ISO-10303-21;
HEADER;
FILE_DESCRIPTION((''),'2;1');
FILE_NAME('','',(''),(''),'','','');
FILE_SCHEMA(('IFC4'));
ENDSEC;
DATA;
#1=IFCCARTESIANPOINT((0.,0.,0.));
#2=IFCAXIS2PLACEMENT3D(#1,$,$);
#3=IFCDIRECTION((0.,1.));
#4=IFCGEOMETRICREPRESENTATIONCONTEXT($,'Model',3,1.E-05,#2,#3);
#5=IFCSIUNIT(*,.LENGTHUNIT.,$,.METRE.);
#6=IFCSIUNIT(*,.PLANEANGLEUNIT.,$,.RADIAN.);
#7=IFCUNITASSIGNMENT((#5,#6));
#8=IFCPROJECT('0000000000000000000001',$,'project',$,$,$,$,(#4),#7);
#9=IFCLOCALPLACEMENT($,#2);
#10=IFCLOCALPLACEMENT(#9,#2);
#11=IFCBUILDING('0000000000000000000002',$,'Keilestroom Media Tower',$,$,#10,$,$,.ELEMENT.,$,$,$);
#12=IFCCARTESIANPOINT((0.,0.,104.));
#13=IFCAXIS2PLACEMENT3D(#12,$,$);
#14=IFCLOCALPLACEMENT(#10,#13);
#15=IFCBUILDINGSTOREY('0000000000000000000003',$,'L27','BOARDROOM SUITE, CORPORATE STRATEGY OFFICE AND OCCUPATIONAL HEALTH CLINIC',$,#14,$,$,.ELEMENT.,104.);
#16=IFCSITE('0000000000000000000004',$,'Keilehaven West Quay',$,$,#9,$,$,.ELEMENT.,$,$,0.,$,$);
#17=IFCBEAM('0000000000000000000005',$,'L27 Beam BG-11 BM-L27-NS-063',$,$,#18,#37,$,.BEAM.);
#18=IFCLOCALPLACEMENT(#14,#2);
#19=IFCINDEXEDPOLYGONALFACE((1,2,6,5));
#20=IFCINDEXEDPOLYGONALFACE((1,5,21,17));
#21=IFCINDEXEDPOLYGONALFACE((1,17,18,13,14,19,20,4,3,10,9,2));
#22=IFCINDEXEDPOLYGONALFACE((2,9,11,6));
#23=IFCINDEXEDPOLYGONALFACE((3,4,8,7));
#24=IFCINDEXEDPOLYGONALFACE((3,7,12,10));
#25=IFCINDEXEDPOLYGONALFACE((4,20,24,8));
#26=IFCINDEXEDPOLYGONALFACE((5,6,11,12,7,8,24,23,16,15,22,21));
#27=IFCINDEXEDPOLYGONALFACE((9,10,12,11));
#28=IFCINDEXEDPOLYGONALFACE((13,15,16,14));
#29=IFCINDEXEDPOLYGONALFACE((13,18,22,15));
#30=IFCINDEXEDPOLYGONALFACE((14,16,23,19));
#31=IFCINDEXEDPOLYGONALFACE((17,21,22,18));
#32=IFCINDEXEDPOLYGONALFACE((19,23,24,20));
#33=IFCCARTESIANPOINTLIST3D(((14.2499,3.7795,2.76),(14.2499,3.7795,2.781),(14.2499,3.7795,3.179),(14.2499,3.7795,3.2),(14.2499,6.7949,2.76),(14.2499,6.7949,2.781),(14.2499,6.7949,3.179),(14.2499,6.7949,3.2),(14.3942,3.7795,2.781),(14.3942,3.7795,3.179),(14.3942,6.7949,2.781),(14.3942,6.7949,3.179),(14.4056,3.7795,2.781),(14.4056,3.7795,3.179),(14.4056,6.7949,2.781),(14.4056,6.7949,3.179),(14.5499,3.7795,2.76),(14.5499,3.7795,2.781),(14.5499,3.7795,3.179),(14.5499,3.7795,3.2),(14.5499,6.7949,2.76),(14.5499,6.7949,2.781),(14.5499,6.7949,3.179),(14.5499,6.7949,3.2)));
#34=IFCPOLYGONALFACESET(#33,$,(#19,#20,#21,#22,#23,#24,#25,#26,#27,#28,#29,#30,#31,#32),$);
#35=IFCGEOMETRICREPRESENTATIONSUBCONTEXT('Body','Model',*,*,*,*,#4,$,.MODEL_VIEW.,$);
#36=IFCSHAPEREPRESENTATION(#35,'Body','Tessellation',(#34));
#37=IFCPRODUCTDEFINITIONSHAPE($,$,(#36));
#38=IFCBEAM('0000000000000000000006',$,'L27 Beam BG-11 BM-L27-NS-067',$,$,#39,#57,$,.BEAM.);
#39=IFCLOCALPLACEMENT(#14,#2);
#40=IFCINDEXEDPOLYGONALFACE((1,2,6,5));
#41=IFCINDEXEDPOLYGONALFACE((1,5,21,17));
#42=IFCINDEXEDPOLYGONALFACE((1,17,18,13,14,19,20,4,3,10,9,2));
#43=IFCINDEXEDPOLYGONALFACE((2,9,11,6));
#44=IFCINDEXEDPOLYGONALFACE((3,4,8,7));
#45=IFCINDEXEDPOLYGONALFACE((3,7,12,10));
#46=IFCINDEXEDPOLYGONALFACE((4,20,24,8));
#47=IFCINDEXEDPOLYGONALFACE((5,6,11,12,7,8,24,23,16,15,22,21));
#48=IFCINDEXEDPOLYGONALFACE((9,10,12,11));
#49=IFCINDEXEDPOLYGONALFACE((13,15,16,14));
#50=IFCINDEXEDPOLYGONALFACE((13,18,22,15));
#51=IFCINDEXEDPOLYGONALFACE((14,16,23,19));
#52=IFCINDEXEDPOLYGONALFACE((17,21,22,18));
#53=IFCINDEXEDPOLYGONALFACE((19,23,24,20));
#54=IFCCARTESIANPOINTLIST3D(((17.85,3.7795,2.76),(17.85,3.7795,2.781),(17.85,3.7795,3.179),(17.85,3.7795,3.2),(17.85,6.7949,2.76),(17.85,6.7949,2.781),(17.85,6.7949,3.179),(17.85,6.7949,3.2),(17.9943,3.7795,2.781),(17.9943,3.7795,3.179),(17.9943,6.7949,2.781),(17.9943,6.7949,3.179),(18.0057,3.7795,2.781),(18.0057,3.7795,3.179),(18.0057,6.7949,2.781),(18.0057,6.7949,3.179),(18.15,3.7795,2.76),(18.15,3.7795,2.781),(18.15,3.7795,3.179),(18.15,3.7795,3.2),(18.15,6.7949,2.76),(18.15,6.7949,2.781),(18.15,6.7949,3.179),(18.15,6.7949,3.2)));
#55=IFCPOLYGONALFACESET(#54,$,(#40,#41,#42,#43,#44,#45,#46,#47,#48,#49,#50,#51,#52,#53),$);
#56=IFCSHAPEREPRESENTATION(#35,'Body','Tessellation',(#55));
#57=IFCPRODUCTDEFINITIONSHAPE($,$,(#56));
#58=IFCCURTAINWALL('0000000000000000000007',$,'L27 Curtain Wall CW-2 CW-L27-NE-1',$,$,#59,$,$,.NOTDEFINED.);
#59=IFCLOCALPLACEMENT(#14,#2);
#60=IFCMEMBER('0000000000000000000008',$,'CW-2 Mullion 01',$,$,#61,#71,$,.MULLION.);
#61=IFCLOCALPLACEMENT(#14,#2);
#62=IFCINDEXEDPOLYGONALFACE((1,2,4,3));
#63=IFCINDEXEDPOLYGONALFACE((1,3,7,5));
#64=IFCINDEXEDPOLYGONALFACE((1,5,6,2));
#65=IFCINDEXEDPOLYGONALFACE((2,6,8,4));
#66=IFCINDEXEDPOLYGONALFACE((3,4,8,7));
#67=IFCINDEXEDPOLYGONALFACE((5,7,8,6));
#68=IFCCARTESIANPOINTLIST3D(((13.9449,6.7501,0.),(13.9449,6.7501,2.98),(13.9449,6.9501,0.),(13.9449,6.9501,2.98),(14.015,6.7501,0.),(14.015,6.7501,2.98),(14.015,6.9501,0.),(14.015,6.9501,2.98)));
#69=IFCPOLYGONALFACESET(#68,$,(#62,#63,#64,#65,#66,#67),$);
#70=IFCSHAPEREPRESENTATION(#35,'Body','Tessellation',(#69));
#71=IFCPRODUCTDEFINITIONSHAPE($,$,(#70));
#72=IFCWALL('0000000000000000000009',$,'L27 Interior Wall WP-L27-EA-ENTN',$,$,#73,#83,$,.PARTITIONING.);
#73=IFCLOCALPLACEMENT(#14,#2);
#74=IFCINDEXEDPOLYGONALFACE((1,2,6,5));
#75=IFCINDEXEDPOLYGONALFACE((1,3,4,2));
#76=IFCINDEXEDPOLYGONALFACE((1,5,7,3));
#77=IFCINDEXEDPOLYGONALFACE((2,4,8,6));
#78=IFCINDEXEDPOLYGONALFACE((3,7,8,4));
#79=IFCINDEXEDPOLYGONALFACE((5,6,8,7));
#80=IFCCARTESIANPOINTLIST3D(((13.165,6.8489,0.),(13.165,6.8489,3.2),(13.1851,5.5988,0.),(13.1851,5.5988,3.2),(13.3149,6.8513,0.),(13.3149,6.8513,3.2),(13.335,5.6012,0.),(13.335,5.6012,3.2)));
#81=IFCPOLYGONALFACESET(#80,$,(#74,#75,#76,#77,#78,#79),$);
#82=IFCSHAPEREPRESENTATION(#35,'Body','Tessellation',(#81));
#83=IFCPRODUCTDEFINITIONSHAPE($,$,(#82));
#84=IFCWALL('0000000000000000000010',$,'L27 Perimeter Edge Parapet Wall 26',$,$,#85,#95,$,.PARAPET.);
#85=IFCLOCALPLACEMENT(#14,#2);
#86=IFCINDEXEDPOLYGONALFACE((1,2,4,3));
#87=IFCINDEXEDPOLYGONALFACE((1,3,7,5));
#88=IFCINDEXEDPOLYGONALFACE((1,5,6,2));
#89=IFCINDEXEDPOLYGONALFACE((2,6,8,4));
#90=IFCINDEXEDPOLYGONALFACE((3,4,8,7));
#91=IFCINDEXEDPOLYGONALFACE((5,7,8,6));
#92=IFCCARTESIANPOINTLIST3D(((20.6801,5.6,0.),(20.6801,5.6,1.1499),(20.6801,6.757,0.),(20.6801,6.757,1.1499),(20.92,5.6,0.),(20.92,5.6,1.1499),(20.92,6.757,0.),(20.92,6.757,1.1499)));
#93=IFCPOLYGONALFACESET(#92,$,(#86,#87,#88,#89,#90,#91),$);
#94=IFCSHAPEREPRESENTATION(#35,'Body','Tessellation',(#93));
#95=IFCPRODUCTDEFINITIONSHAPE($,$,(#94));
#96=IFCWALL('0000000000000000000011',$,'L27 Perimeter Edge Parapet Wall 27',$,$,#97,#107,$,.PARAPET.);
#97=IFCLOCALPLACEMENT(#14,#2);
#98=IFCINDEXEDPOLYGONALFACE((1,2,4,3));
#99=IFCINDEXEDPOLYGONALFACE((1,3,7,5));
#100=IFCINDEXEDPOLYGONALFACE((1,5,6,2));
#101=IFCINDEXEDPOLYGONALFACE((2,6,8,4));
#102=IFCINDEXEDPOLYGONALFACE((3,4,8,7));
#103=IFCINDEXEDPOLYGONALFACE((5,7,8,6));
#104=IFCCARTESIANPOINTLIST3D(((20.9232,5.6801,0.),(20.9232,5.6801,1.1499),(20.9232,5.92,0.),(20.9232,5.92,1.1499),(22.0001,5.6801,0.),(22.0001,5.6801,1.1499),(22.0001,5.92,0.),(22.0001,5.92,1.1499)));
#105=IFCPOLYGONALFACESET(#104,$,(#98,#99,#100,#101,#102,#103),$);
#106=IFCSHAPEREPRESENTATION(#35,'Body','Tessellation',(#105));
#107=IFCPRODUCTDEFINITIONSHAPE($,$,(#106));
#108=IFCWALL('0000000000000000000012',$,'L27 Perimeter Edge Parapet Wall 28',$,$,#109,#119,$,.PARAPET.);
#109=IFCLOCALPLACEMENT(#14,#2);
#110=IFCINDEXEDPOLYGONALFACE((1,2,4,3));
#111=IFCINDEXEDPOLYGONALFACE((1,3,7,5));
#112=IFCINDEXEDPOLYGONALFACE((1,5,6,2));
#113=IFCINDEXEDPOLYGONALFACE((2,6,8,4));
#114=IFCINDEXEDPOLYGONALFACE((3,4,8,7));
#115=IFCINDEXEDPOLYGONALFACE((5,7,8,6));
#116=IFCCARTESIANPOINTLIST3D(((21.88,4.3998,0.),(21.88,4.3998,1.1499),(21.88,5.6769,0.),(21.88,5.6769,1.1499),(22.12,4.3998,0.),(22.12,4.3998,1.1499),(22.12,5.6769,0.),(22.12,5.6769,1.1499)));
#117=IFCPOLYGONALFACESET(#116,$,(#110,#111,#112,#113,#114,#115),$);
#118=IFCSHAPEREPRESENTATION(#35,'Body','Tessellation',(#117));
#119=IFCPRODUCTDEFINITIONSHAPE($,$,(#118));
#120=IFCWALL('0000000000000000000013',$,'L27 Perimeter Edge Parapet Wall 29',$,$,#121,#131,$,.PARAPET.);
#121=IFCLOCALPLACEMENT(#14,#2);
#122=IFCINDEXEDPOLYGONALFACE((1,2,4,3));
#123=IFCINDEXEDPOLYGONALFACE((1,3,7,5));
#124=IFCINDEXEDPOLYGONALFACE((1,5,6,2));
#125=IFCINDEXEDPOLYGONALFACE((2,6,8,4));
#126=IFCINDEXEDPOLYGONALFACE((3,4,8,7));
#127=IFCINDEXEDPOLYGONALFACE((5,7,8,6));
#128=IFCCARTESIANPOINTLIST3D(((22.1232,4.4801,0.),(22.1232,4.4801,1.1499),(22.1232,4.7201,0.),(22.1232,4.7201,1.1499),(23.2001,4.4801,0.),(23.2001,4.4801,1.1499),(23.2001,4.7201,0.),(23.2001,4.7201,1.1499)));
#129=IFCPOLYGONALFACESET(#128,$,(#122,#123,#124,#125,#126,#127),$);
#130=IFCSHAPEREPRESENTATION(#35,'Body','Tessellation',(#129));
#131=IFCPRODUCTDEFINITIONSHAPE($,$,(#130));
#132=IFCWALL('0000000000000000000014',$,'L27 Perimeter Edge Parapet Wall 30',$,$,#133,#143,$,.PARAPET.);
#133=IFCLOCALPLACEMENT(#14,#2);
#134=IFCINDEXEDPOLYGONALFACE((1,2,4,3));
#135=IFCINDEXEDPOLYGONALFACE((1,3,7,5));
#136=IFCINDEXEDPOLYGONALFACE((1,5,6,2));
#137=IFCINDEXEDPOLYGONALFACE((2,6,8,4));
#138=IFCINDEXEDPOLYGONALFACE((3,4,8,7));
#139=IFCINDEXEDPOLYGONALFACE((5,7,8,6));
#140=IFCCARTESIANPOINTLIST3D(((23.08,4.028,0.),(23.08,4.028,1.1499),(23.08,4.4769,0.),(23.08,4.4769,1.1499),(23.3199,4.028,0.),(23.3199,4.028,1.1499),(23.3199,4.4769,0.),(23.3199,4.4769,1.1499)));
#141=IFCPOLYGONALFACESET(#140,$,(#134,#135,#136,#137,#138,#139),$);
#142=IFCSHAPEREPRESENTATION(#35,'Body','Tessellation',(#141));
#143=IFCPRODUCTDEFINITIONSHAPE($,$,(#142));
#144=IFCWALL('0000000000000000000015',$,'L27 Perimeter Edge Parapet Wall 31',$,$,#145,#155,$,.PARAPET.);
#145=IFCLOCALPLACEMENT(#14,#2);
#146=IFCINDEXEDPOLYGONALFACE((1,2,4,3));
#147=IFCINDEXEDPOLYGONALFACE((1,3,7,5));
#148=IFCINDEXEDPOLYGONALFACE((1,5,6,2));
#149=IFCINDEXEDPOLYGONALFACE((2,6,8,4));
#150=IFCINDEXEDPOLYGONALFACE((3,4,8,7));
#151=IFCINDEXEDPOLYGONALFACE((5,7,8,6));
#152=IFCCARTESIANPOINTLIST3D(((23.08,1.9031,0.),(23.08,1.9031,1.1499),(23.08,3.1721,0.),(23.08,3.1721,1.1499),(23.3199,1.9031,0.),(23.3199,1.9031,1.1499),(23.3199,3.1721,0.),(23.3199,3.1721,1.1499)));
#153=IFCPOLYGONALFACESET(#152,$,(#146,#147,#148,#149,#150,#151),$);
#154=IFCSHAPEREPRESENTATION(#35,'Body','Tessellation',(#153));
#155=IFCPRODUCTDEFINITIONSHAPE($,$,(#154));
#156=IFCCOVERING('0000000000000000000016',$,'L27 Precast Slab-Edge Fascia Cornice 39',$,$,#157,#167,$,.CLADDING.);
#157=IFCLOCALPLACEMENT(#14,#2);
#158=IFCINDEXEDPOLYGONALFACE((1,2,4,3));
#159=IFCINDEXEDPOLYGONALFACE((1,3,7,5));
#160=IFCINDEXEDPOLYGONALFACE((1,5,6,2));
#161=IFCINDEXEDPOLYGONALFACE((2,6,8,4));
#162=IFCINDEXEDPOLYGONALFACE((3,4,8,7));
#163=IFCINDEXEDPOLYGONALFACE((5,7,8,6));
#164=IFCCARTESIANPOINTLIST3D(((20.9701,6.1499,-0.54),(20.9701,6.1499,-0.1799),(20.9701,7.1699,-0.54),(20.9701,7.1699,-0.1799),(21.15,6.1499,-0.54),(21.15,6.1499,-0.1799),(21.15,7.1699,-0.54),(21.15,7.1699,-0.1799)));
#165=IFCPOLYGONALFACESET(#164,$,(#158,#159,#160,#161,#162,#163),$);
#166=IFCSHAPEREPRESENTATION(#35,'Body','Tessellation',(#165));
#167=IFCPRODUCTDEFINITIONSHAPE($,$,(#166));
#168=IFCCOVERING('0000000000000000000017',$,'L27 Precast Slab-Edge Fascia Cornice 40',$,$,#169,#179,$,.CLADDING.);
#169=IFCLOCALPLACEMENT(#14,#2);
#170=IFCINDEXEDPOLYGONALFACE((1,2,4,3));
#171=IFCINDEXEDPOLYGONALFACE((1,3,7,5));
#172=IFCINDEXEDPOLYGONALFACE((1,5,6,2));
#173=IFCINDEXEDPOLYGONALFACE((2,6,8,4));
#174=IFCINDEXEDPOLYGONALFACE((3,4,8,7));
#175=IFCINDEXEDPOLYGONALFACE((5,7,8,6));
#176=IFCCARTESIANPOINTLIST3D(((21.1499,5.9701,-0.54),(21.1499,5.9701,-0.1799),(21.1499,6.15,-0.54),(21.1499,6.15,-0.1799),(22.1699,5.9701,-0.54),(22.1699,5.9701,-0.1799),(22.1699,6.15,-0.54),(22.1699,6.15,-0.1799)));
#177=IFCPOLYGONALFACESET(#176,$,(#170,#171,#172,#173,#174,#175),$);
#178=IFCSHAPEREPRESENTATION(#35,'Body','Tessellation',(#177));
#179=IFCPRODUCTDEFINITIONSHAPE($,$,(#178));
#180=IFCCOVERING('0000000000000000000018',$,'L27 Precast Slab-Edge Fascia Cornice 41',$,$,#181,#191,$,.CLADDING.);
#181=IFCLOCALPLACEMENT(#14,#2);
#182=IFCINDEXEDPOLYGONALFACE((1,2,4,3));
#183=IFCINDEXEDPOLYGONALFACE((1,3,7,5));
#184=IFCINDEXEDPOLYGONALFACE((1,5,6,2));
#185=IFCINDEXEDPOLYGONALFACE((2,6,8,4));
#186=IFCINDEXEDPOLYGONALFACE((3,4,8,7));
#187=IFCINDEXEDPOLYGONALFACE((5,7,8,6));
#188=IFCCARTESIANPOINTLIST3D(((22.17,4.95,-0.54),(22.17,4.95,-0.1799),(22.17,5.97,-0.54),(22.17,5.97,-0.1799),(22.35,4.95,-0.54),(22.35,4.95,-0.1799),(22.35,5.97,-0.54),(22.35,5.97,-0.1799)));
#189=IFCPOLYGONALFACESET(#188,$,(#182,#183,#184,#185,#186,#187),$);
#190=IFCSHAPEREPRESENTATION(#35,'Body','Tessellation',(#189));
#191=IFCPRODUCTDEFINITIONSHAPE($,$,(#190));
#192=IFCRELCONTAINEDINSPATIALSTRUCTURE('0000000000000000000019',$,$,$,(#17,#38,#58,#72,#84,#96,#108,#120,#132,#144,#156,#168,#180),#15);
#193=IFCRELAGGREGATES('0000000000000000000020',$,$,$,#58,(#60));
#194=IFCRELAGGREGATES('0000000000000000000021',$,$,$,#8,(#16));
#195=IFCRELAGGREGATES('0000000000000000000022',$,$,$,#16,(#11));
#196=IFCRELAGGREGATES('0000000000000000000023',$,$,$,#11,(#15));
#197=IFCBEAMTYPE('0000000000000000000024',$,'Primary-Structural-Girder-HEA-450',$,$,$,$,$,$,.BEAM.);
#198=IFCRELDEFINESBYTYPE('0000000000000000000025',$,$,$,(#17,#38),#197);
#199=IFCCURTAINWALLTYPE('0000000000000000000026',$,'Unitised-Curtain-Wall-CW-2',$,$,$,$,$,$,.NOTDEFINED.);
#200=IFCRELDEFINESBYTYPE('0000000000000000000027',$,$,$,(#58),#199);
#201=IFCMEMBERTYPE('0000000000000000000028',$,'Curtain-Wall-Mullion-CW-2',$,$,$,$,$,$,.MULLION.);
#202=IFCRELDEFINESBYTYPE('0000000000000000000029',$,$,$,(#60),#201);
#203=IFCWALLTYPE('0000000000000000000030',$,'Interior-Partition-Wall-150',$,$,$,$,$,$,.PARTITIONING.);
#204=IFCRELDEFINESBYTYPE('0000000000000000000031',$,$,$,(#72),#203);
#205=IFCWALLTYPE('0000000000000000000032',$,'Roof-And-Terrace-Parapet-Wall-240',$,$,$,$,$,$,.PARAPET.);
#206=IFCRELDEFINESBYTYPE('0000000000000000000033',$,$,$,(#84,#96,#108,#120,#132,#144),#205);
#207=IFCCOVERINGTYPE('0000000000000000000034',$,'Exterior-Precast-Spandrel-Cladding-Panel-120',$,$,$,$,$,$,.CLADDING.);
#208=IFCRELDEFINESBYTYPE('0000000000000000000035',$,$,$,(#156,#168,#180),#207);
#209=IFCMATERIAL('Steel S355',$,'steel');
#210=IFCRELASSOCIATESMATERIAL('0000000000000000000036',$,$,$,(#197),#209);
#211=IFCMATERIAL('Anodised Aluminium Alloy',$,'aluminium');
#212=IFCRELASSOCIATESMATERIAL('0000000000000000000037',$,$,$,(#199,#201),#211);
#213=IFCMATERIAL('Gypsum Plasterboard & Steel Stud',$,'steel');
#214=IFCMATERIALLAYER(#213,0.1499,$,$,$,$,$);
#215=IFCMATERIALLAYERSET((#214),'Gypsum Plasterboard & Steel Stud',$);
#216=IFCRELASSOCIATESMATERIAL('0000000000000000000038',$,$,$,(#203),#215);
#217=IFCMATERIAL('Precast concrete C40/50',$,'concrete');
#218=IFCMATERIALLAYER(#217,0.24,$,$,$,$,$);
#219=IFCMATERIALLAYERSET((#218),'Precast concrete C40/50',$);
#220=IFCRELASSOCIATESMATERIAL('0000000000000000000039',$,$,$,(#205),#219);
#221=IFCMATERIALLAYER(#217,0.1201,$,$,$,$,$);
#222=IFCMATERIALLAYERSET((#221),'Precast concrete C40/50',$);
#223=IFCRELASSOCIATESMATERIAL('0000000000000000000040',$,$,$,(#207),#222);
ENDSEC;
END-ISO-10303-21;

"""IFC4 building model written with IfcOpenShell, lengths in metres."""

from ifc_helpers import new_model, si_unit, direction, frame, frame_2d, origin, origin_2d, place, context, subcontext, project, spatial, rectangle, i_section, extrude, source, transform, mapped, material, layer, layer_set, material_profile, profile_set, type_object, element, aggregate, save


model = new_model("IFC4")

# Units and contexts
model_context = context("Model", 3, precision=1e-05, world=origin(), true_north=direction((0.0, 1.0)))
body_context = subcontext(model_context, "Body", "Model", "MODEL_VIEW")
ifc_project = project(units=[si_unit("LENGTHUNIT", "METRE"), si_unit("PLANEANGLEUNIT", "RADIAN")], contexts=[model_context])

# Site, building, storey
site_placement = place(None, origin())
site = spatial("IfcSite", under=ifc_project, at=site_placement, Name="Keilehaven West Quay", CompositionType="ELEMENT", RefElevation=0.0)
building_placement = place(site_placement, origin())
building = spatial("IfcBuilding", under=site, at=building_placement, Name="Keilestroom Media Tower", CompositionType="ELEMENT")
storey_placement = place(building_placement, frame((0.0, 0.0, 104.0)))
storey = spatial("IfcBuildingStorey", under=building, at=storey_placement, Name="L27", Description="BOARDROOM SUITE, CORPORATE STRATEGY OFFICE AND OCCUPATIONAL HEALTH CLINIC", CompositionType="ELEMENT", Elevation=104.0)

# Shared definitions
ifc_material_1 = material(Name="Precast concrete C40/50", Category="concrete")
ifc_material_2 = material(Name="Steel S355", Category="steel")

# Beams
ifc_material_profile_1 = material_profile(ifc_material_2, i_section(OverallWidth=0.3, OverallDepth=0.4399, WebThickness=0.0115, FlangeThickness=0.021, at=origin_2d()), Name="HEA 450")
ifc_profile_set_1 = profile_set([ifc_material_profile_1], Name="Steel S355")
beam_type_1 = type_object("IfcBeamType", Name="Primary-Structural-Girder-HEA-450", PredefinedType="BEAM", material=ifc_profile_set_1)
shared_shape_1 = source(origin(), body_context, "Body", "SweptSolid", [
    extrude(i_section(OverallWidth=0.3, OverallDepth=0.4399, WebThickness=0.0115, FlangeThickness=0.021, at=origin_2d()), origin(), (0.0, 0.0, 1.0), 3.0154),
])
for number, where, z_axis, x_axis, name in (
    (1, (14.3999, 3.7795, 2.98), (0.0, 1.0, 0.0), (-1.0, 0.0, 0.0), "L27 Beam BG-11 BM-L27-NS-063"),
    (2, (18.0, 3.7795, 2.98), (0.0, 1.0, 0.0), (-1.0, 0.0, 0.0), "L27 Beam BG-11 BM-L27-NS-067"),
):
    element("IfcBeam", number, at=place(storey_placement, frame(where, z_axis=z_axis, x_axis=x_axis)), inside=storey, type_object=beam_type_1, Name=name, PredefinedType="BEAM", context=body_context, shape_type="MappedRepresentation", body=[
        mapped(shared_shape_1, transform((0.0, 0.0, 0.0), x_axis=(1.0, 0.0, 0.0), y_axis=(0.0, 1.0, 0.0), z_axis=(0.0, 0.0, 1.0), scale=1.0)),
    ])

# Curtain wall, member
ifc_material_3 = material(Name="Anodised Aluminium Alloy", Category="aluminium")
curtain_wall_type = type_object("IfcCurtainWallType", Name="Unitised-Curtain-Wall-CW-2", PredefinedType="NOTDEFINED", material=ifc_material_3)
curtain_wall_placement = place(storey_placement, origin())
curtain_wall = element("IfcCurtainWall", 3, at=curtain_wall_placement, inside=storey, type_object=curtain_wall_type, Name="L27 Curtain Wall CW-2 CW-L27-NE-1", PredefinedType="NOTDEFINED")
ifc_material_profile_2 = material_profile(ifc_material_3, rectangle(XDim=0.0701, YDim=0.2, at=origin_2d()), Name="ALU MULLION 70x200")
ifc_profile_set_2 = profile_set([ifc_material_profile_2], Name="Anodised Aluminium Alloy")
member_type = type_object("IfcMemberType", Name="Curtain-Wall-Mullion-CW-2", PredefinedType="MULLION", material=ifc_profile_set_2)
shared_shape_2 = source(origin(), body_context, "Body", "SweptSolid", [
    extrude(rectangle(XDim=0.0701, YDim=0.2, at=origin_2d()), origin(), (0.0, 0.0, 1.0), 2.98),
])
member_placement = place(storey_placement, frame((13.98, 6.8501, 0.0), z_axis=(0.0, 0.0, 1.0), x_axis=(1.0, 0.0, 0.0)))
member = element("IfcMember", 4, at=member_placement, type_object=member_type, Name="CW-2 Mullion 01", PredefinedType="MULLION", context=body_context, shape_type="MappedRepresentation", body=[
    mapped(shared_shape_2, transform((0.0, 0.0, 0.0), x_axis=(1.0, 0.0, 0.0), y_axis=(0.0, 1.0, 0.0), z_axis=(0.0, 0.0, 1.0), scale=1.0)),
])
aggregate(curtain_wall, [member])

# Walls
ifc_material_4 = material(Name="Gypsum Plasterboard & Steel Stud", Category="steel")
ifc_layer_1 = layer(ifc_material_4, 0.1499)
ifc_layer_set_1 = layer_set([ifc_layer_1], Name="Gypsum Plasterboard & Steel Stud")
wall_type_1 = type_object("IfcWallType", Name="Interior-Partition-Wall-150", PredefinedType="PARTITIONING", material=ifc_layer_set_1)
wall_1_placement = place(storey_placement, frame((13.26, 5.6001, 0.0), z_axis=(0.0, 0.0, 1.0), x_axis=(-0.016014, 0.999872, 0.0)))
element("IfcWall", 5, at=wall_1_placement, inside=storey, type_object=wall_type_1, Name="L27 Interior Wall WP-L27-EA-ENTN", PredefinedType="PARTITIONING", context=body_context, shape_type="SweptSolid", body=[
    extrude(rectangle(XDim=1.2502, YDim=0.1499, at=frame_2d((0.625, 0.0))), origin(), (0.0, 0.0, 1.0), 3.2),
])
ifc_layer_2 = layer(ifc_material_1, 0.24)
ifc_layer_set_2 = layer_set([ifc_layer_2], Name="Precast concrete C40/50")
wall_type_2 = type_object("IfcWallType", Name="Roof-And-Terrace-Parapet-Wall-240", PredefinedType="PARAPET", material=ifc_layer_set_2)
wall_2_placement = place(storey_placement, frame((20.8, 6.7571, 0.0), z_axis=(0.0, 0.0, 1.0), x_axis=(0.0, -1.0, 0.0)))
element("IfcWall", 6, at=wall_2_placement, inside=storey, type_object=wall_type_2, Name="L27 Perimeter Edge Parapet Wall 26", PredefinedType="PARAPET", context=body_context, shape_type="SweptSolid", body=[
    extrude(rectangle(XDim=1.157, YDim=0.24, at=frame_2d((0.5786, 0.0))), origin(), (0.0, 0.0, 1.0), 1.1499),
])
wall_3_placement = place(storey_placement, frame((20.9231, 5.8, 0.0), z_axis=(0.0, 0.0, 1.0), x_axis=(1.0, 0.0, 0.0)))
element("IfcWall", 7, at=wall_3_placement, inside=storey, type_object=wall_type_2, Name="L27 Perimeter Edge Parapet Wall 27", PredefinedType="PARAPET", context=body_context, shape_type="SweptSolid", body=[
    extrude(rectangle(XDim=1.0769, YDim=0.24, at=frame_2d((0.5386, 0.0))), origin(), (0.0, 0.0, 1.0), 1.1499),
])
wall_4_placement = place(storey_placement, frame((22.0, 5.677, 0.0), z_axis=(0.0, 0.0, 1.0), x_axis=(0.0, -1.0, 0.0)))
element("IfcWall", 8, at=wall_4_placement, inside=storey, type_object=wall_type_2, Name="L27 Perimeter Edge Parapet Wall 28", PredefinedType="PARAPET", context=body_context, shape_type="SweptSolid", body=[
    extrude(rectangle(XDim=1.2771, YDim=0.24, at=frame_2d((0.6387, 0.0))), origin(), (0.0, 0.0, 1.0), 1.1499),
])
wall_5_placement = place(storey_placement, frame((22.123, 4.6001, 0.0), z_axis=(0.0, 0.0, 1.0), x_axis=(1.0, 0.0, 0.0)))
element("IfcWall", 9, at=wall_5_placement, inside=storey, type_object=wall_type_2, Name="L27 Perimeter Edge Parapet Wall 29", PredefinedType="PARAPET", context=body_context, shape_type="SweptSolid", body=[
    extrude(rectangle(XDim=1.0769, YDim=0.24, at=frame_2d((0.5386, 0.0))), origin(), (0.0, 0.0, 1.0), 1.1499),
])
wall_6_placement = place(storey_placement, frame((23.2, 4.4771, 0.0), z_axis=(0.0, 0.0, 1.0), x_axis=(0.0, -1.0, 0.0)))
element("IfcWall", 10, at=wall_6_placement, inside=storey, type_object=wall_type_2, Name="L27 Perimeter Edge Parapet Wall 30", PredefinedType="PARAPET", context=body_context, shape_type="SweptSolid", body=[
    extrude(rectangle(XDim=0.449, YDim=0.24, at=frame_2d((0.2246, 0.0))), origin(), (0.0, 0.0, 1.0), 1.1499),
])
wall_7_placement = place(storey_placement, frame((23.2, 3.1721, 0.0), z_axis=(0.0, 0.0, 1.0), x_axis=(0.0, -1.0, 0.0)))
element("IfcWall", 11, at=wall_7_placement, inside=storey, type_object=wall_type_2, Name="L27 Perimeter Edge Parapet Wall 31", PredefinedType="PARAPET", context=body_context, shape_type="SweptSolid", body=[
    extrude(rectangle(XDim=1.269, YDim=0.24, at=frame_2d((0.6345, 0.0))), origin(), (0.0, 0.0, 1.0), 1.1499),
])

# Coverings
ifc_layer_3 = layer(ifc_material_1, 0.1201)
ifc_layer_set_3 = layer_set([ifc_layer_3], Name="Precast concrete C40/50")
covering_type = type_object("IfcCoveringType", Name="Exterior-Precast-Spandrel-Cladding-Panel-120", PredefinedType="CLADDING", material=ifc_layer_set_3)
shared_shape_3 = source(origin(), body_context, "Body", "SweptSolid", [
    extrude(rectangle(XDim=1.02, YDim=0.1799, at=origin_2d()), origin(), (0.0, 0.0, 1.0), 0.3601),
])
for number, where, z_axis, x_axis, name in (
    (12, (21.0601, 6.6599, -0.54), (0.0, 0.0, 1.0), (0.0, -1.0, 0.0), "L27 Precast Slab-Edge Fascia Cornice 39"),
    (13, (21.6599, 6.0601, -0.54), (0.0, 0.0, 1.0), (1.0, 0.0, 0.0), "L27 Precast Slab-Edge Fascia Cornice 40"),
    (14, (22.26, 5.46, -0.54), (0.0, 0.0, 1.0), (0.0, -1.0, 0.0), "L27 Precast Slab-Edge Fascia Cornice 41"),
):
    element("IfcCovering", number, at=place(storey_placement, frame(where, z_axis=z_axis, x_axis=x_axis)), inside=storey, type_object=covering_type, Name=name, PredefinedType="CLADDING", context=body_context, shape_type="MappedRepresentation", body=[
        mapped(shared_shape_3, transform((0.0, 0.0, 0.0), x_axis=(1.0, 0.0, 0.0), y_axis=(0.0, 1.0, 0.0), z_axis=(0.0, 0.0, 1.0), scale=1.0)),
    ])

save(model, "model.ifc")
